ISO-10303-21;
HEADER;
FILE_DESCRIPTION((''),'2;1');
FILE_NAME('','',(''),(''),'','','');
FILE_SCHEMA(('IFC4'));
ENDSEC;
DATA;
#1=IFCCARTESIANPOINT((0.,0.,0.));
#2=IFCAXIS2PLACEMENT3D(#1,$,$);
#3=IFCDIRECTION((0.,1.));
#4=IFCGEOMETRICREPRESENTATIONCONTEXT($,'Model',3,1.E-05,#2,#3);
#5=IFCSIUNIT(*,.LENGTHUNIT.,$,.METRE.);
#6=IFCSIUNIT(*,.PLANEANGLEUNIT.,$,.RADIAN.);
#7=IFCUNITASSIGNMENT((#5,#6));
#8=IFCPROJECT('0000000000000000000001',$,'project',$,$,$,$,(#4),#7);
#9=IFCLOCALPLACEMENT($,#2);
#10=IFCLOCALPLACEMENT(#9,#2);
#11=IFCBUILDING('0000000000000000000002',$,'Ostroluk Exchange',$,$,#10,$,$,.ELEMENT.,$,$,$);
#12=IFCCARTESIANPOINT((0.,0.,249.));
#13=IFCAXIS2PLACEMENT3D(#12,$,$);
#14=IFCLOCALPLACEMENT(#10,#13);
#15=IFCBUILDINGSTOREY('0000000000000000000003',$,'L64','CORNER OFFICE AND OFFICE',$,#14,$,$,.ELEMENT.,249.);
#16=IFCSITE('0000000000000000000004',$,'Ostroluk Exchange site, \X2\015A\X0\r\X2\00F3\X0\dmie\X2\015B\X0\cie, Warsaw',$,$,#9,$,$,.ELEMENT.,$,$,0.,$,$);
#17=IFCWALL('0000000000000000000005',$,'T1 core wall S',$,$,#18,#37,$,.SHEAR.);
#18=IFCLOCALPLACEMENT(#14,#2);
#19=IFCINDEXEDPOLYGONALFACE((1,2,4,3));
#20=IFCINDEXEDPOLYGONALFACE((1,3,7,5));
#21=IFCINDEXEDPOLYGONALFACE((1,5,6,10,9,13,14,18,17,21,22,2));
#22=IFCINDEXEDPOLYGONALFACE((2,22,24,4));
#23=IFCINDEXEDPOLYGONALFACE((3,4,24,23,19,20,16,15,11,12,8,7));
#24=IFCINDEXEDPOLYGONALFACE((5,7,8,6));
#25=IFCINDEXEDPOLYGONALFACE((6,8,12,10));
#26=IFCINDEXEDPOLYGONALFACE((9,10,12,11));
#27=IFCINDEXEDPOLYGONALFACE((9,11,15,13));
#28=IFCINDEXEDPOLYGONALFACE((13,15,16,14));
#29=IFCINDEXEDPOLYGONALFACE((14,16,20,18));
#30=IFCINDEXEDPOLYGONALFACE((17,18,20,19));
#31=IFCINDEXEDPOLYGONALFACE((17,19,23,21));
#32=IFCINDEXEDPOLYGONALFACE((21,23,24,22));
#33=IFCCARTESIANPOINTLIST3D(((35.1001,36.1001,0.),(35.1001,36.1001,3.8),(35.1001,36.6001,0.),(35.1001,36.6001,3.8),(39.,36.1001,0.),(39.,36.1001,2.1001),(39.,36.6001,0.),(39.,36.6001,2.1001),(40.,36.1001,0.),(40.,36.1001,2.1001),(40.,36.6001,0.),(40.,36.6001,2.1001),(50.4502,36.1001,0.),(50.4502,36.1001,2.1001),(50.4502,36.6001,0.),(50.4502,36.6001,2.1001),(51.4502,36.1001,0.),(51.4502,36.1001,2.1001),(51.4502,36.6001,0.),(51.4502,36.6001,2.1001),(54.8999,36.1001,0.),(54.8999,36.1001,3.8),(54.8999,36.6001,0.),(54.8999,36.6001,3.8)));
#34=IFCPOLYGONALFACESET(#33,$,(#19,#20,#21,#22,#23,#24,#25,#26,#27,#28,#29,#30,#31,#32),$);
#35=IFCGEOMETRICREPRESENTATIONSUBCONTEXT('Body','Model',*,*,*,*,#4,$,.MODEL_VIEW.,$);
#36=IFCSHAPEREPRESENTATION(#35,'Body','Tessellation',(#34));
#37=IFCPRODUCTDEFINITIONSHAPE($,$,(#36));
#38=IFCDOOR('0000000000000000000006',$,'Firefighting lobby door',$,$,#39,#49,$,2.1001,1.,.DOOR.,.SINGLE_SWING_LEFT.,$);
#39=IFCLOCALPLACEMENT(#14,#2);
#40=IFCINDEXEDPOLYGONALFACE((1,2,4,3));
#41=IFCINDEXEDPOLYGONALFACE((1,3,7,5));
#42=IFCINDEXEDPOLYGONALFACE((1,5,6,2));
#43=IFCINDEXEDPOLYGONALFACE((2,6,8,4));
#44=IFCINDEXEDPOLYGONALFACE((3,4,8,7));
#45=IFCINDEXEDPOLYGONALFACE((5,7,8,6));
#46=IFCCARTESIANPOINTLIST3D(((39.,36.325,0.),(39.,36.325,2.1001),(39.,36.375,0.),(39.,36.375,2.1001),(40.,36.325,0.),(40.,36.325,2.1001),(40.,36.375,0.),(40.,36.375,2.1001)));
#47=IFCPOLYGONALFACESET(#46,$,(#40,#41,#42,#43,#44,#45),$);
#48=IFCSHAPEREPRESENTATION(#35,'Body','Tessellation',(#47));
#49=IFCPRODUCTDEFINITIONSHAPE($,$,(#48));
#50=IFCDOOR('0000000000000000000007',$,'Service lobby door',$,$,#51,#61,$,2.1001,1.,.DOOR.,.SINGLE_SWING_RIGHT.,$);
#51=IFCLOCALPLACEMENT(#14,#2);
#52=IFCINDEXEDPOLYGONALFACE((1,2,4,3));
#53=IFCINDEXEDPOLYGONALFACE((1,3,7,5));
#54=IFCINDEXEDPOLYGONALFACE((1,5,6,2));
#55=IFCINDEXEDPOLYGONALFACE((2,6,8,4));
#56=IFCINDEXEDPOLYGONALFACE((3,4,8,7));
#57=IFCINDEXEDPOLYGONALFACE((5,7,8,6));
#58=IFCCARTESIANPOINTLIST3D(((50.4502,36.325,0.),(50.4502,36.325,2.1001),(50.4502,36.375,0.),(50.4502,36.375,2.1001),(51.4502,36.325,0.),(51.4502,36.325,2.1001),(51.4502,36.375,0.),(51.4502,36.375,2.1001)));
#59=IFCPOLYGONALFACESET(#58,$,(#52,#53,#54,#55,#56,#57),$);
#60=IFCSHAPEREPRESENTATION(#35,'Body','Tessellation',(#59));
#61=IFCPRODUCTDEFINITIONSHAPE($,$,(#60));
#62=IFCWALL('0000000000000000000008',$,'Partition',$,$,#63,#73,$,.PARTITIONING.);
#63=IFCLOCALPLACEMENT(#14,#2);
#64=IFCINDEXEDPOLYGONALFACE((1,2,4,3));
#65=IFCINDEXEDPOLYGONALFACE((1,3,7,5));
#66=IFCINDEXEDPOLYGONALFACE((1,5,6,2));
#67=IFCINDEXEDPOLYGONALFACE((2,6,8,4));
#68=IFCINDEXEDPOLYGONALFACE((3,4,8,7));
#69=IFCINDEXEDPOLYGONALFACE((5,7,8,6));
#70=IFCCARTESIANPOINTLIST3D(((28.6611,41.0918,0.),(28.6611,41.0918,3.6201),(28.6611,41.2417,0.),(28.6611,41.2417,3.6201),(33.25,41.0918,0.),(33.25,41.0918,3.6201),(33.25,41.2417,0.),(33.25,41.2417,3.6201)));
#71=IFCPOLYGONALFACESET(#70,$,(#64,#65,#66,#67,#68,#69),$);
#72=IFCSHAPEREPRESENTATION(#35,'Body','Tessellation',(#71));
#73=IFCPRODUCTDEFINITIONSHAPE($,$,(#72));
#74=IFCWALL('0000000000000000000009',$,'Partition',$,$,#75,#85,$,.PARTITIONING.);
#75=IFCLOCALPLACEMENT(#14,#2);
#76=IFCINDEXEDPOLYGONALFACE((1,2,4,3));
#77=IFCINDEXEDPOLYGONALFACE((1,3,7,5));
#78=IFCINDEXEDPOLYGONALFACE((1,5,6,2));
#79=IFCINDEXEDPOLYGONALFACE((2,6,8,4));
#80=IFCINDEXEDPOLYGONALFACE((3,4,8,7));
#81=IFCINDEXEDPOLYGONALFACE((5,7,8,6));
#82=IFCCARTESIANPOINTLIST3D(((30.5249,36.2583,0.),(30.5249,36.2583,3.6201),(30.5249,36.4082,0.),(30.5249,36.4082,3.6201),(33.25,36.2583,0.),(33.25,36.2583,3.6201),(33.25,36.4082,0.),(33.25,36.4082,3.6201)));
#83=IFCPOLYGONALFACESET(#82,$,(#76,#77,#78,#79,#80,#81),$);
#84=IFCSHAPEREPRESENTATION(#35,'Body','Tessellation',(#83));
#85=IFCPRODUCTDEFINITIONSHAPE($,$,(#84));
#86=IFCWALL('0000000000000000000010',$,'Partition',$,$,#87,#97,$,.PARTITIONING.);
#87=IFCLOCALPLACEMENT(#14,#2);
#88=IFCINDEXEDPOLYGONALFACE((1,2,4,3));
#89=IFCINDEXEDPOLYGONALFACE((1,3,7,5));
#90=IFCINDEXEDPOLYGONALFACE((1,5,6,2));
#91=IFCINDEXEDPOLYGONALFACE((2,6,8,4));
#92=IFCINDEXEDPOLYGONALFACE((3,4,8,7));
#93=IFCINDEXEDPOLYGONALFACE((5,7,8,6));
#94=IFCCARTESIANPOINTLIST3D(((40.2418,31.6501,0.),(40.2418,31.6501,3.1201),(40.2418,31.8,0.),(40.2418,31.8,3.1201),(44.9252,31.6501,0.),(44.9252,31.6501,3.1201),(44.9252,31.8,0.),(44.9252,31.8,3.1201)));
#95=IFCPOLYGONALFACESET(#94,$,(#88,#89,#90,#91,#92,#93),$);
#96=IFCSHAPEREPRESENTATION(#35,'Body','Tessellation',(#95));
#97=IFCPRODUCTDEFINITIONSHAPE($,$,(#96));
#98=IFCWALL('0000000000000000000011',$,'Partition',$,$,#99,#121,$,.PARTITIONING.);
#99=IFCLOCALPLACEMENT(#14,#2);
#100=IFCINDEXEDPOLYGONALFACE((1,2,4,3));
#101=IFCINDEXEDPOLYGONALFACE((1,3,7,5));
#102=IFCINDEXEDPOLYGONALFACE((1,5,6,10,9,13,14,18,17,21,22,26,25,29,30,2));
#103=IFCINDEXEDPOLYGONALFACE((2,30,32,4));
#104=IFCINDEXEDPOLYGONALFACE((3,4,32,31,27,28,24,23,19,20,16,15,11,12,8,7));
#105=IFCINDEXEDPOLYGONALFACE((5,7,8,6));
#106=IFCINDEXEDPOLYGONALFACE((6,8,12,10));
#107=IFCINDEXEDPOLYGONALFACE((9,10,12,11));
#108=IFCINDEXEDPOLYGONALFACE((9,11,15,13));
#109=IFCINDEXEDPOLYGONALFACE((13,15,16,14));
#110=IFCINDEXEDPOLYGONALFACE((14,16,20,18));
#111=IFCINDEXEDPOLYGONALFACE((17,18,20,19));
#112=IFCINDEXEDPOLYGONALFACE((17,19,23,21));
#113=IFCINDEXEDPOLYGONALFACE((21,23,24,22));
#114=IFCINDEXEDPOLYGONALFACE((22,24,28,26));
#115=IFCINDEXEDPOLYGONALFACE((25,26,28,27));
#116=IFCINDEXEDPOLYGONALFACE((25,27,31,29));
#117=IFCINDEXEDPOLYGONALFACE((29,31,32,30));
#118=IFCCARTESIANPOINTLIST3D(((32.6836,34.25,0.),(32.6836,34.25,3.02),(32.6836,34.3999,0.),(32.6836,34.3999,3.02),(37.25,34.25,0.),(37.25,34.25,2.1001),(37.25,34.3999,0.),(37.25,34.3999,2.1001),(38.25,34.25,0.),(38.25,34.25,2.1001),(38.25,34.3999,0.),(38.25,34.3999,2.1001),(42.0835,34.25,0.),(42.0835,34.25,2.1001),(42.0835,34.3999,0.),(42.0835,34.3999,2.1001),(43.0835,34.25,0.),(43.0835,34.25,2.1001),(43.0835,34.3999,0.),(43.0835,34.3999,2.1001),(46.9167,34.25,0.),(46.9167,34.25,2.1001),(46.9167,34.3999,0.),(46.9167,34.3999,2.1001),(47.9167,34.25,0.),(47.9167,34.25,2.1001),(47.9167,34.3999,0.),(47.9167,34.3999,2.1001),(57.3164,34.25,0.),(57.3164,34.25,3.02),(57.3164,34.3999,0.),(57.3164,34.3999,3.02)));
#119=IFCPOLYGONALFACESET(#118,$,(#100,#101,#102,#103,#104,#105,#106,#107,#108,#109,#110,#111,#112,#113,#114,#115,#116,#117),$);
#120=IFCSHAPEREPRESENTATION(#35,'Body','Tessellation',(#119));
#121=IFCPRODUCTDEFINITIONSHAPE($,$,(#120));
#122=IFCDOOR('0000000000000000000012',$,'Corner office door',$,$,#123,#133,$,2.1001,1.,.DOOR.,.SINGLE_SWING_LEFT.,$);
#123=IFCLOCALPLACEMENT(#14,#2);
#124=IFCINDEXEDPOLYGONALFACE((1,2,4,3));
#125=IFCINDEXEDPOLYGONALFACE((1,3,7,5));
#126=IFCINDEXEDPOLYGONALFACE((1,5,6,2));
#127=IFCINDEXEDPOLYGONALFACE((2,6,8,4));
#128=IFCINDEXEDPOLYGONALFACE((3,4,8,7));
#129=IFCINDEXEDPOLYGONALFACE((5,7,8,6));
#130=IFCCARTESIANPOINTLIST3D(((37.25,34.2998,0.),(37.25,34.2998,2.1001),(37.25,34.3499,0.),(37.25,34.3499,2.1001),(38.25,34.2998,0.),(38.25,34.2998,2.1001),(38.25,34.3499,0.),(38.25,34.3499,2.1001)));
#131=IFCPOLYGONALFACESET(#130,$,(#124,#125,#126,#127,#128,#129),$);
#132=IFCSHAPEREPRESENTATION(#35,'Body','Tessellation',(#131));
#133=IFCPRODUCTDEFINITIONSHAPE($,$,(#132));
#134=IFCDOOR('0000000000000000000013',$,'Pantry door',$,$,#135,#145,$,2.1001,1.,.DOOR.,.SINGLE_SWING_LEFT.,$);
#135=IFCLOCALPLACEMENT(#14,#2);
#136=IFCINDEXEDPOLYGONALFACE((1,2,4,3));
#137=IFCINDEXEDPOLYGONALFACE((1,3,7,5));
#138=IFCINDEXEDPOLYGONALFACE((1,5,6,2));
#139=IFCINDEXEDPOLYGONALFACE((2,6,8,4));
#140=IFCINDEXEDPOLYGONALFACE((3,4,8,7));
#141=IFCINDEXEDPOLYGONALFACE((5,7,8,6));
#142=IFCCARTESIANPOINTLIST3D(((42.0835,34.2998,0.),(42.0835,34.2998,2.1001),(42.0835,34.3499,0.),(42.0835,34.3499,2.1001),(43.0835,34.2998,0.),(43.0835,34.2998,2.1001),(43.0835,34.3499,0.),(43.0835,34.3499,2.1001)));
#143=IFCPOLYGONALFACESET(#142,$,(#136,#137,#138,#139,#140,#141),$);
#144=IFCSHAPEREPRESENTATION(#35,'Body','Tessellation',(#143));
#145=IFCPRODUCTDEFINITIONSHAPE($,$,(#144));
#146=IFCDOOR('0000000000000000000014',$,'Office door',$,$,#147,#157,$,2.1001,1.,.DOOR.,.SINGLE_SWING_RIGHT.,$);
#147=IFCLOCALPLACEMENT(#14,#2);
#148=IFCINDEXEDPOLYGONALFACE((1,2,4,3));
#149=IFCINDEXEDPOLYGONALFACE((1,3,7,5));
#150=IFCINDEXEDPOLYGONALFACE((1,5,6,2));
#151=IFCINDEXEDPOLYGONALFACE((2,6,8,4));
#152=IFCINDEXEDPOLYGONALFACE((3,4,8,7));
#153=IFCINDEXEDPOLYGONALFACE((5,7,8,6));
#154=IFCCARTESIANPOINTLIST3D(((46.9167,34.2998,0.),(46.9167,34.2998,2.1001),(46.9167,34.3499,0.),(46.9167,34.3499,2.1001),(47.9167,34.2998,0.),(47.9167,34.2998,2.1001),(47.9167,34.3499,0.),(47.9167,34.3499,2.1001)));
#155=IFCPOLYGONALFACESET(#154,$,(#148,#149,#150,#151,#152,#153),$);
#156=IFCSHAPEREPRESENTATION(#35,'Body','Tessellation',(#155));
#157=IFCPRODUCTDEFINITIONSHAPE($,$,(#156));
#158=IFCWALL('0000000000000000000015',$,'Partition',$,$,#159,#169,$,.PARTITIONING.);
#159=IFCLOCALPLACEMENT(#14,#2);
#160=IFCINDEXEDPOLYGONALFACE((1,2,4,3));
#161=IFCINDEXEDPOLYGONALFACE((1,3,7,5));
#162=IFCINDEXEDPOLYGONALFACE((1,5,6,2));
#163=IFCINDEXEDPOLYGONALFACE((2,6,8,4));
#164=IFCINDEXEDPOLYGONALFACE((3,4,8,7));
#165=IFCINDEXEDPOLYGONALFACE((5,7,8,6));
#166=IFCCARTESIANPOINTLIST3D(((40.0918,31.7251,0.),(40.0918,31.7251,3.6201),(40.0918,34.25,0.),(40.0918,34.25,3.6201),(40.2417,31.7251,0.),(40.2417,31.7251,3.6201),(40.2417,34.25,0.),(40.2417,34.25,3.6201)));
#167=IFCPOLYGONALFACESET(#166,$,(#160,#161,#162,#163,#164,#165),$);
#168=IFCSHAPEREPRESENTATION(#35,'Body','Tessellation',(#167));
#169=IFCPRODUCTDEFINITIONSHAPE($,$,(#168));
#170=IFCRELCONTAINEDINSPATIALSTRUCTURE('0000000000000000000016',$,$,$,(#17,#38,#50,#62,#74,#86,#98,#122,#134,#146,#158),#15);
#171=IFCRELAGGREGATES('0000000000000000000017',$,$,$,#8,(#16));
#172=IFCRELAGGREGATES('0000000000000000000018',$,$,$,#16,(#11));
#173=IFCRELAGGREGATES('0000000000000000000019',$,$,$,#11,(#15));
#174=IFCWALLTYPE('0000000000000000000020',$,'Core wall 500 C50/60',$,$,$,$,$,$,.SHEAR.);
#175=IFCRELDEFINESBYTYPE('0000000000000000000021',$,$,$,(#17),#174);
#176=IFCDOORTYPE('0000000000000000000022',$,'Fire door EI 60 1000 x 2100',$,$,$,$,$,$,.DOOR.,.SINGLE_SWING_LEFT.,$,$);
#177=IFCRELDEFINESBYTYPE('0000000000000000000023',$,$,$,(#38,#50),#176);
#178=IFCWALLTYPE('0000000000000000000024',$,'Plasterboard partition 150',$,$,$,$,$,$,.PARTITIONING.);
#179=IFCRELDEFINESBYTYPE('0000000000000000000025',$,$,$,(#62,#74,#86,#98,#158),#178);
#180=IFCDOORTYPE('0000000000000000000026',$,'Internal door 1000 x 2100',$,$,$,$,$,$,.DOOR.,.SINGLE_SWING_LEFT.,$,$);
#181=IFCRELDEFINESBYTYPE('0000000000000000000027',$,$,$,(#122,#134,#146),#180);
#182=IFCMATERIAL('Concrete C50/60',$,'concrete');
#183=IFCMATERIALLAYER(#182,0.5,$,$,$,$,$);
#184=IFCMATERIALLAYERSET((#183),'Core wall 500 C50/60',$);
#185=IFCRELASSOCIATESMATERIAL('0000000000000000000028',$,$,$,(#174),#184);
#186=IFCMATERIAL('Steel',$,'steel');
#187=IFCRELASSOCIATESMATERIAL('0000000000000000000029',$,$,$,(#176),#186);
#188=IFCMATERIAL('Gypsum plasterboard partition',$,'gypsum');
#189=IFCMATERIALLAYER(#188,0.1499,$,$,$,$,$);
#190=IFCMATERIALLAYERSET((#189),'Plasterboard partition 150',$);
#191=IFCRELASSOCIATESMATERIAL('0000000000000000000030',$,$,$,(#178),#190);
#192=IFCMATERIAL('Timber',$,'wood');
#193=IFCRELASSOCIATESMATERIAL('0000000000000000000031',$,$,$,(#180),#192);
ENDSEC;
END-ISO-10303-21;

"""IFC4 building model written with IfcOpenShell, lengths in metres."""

from ifc_helpers import new_model, si_unit, direction, frame, frame_2d, origin, place, context, subcontext, project, spatial, rectangle, extrude, material, layer, layer_set, type_object, element, fill, save


model = new_model("IFC4")

# Units and contexts
model_context = context("Model", 3, precision=1e-05, world=origin(), true_north=direction((0.0, 1.0)))
body_context = subcontext(model_context, "Body", "Model", "MODEL_VIEW")
ifc_project = project(units=[si_unit("LENGTHUNIT", "METRE"), si_unit("PLANEANGLEUNIT", "RADIAN")], contexts=[model_context])

# Site, building, storey
site_placement = place(None, origin())
site = spatial("IfcSite", under=ifc_project, at=site_placement, Name="Ostroluk Exchange site, Śródmieście, Warsaw", CompositionType="ELEMENT", RefElevation=0.0)
building_placement = place(site_placement, origin())
building = spatial("IfcBuilding", under=site, at=building_placement, Name="Ostroluk Exchange", CompositionType="ELEMENT")
storey_placement = place(building_placement, frame((0.0, 0.0, 249.0)))
storey = spatial("IfcBuildingStorey", under=building, at=storey_placement, Name="L64", Description="CORNER OFFICE AND OFFICE", CompositionType="ELEMENT", Elevation=249.0)

# Wall, openings, doors
ifc_material_1 = material(Name="Concrete C50/60", Category="concrete")
ifc_layer_1 = layer(ifc_material_1, 0.5)
ifc_layer_set_1 = layer_set([ifc_layer_1], Name="Core wall 500 C50/60")
wall_type_1 = type_object("IfcWallType", Name="Core wall 500 C50/60", PredefinedType="SHEAR", material=ifc_layer_set_1)
wall_1_placement = place(storey_placement, frame((35.1001, 36.3501, 0.0), z_axis=(0.0, 0.0, 1.0), x_axis=(1.0, 0.0, 0.0)))
wall_1 = element("IfcWall", 1, at=wall_1_placement, inside=storey, type_object=wall_type_1, Name="T1 core wall S", PredefinedType="SHEAR", context=body_context, shape_type="SweptSolid", body=[
    extrude(rectangle(XDim=19.7998, YDim=0.5, at=frame_2d((9.8999, 0.0))), origin(), (0.0, 0.0, 1.0), 3.8),
])
opening_1_placement = place(wall_1_placement, frame((3.8999, 0.0, 0.0)))
opening_1 = element("IfcOpeningElement", 2, at=opening_1_placement, cuts=wall_1, PredefinedType="OPENING", context=body_context, shape_type="SweptSolid", body=[
    extrude(rectangle(XDim=1.0, YDim=2.1001, at=frame_2d((0.5, 1.05))), frame((0.0, 0.26, 0.0), z_axis=(0.0, -1.0, 0.0), x_axis=(1.0, 0.0, 0.0)), (0.0, 0.0, 1.0), 0.52),
])
opening_2_placement = place(wall_1_placement, frame((15.3501, 0.0, 0.0)))
opening_2 = element("IfcOpeningElement", 3, at=opening_2_placement, cuts=wall_1, PredefinedType="OPENING", context=body_context, shape_type="SweptSolid", body=[
    extrude(rectangle(XDim=1.0, YDim=2.1001, at=frame_2d((0.5, 1.05))), frame((0.0, 0.26, 0.0), z_axis=(0.0, -1.0, 0.0), x_axis=(1.0, 0.0, 0.0)), (0.0, 0.0, 1.0), 0.52),
])
ifc_material_2 = material(Name="Steel", Category="steel")
door_type_1 = type_object("IfcDoorType", Name="Fire door EI 60 1000 x 2100", OperationType="SINGLE_SWING_LEFT", PredefinedType="DOOR", material=ifc_material_2)
door_1_placement = place(opening_1_placement, origin())
door_1 = element("IfcDoor", 4, at=door_1_placement, inside=storey, type_object=door_type_1, Name="Firefighting lobby door", OperationType="SINGLE_SWING_LEFT", OverallHeight=2.1001, OverallWidth=1.0, PredefinedType="DOOR", context=body_context, shape_type="SweptSolid", body=[
    extrude(rectangle(XDim=1.0, YDim=2.1001, at=frame_2d((0.5, 1.05))), frame((0.0, 0.0249, 0.0), z_axis=(0.0, -1.0, 0.0), x_axis=(1.0, 0.0, 0.0)), (0.0, 0.0, 1.0), 0.05),
])
fill(opening_1, door_1)
door_2_placement = place(opening_2_placement, origin())
door_2 = element("IfcDoor", 5, at=door_2_placement, inside=storey, type_object=door_type_1, Name="Service lobby door", OperationType="SINGLE_SWING_RIGHT", OverallHeight=2.1001, OverallWidth=1.0, PredefinedType="DOOR", context=body_context, shape_type="SweptSolid", body=[
    extrude(rectangle(XDim=1.0, YDim=2.1001, at=frame_2d((0.5, 1.05))), frame((0.0, 0.0249, 0.0), z_axis=(0.0, -1.0, 0.0), x_axis=(1.0, 0.0, 0.0)), (0.0, 0.0, 1.0), 0.05),
])
fill(opening_2, door_2)

# Walls
ifc_material_3 = material(Name="Gypsum plasterboard partition", Category="gypsum")
ifc_layer_2 = layer(ifc_material_3, 0.1499)
ifc_layer_set_2 = layer_set([ifc_layer_2], Name="Plasterboard partition 150")
wall_type_2 = type_object("IfcWallType", Name="Plasterboard partition 150", PredefinedType="PARTITIONING", material=ifc_layer_set_2)
wall_2_placement = place(storey_placement, frame((33.25, 41.1667, 0.0), z_axis=(0.0, 0.0, 1.0), x_axis=(-1.0, 0.0, 0.0)))
element("IfcWall", 6, at=wall_2_placement, inside=storey, type_object=wall_type_2, Name="Partition", PredefinedType="PARTITIONING", context=body_context, shape_type="SweptSolid", body=[
    extrude(rectangle(XDim=4.5889, YDim=0.1499, at=frame_2d((2.2944, 0.0))), origin(), (0.0, 0.0, 1.0), 3.6201),
])
wall_3_placement = place(storey_placement, frame((33.25, 36.3333, 0.0), z_axis=(0.0, 0.0, 1.0), x_axis=(-1.0, 0.0, 0.0)))
element("IfcWall", 7, at=wall_3_placement, inside=storey, type_object=wall_type_2, Name="Partition", PredefinedType="PARTITIONING", context=body_context, shape_type="SweptSolid", body=[
    extrude(rectangle(XDim=2.7251, YDim=0.1499, at=frame_2d((1.3625, 0.0))), origin(), (0.0, 0.0, 1.0), 3.6201),
])
wall_4_placement = place(storey_placement, frame((40.2417, 31.7251, 0.0), z_axis=(0.0, 0.0, 1.0), x_axis=(1.0, 0.0, 0.0)))
element("IfcWall", 8, at=wall_4_placement, inside=storey, type_object=wall_type_2, Name="Partition", PredefinedType="PARTITIONING", context=body_context, shape_type="SweptSolid", body=[
    extrude(rectangle(XDim=4.6833, YDim=0.1499, at=frame_2d((2.3418, 0.0))), origin(), (0.0, 0.0, 1.0), 3.1201),
])

# Wall, openings, doors
wall_5_placement = place(storey_placement, frame((32.6836, 34.325, 0.0), z_axis=(0.0, 0.0, 1.0), x_axis=(1.0, 0.0, 0.0)))
wall_5 = element("IfcWall", 9, at=wall_5_placement, inside=storey, type_object=wall_type_2, Name="Partition", PredefinedType="PARTITIONING", context=body_context, shape_type="SweptSolid", body=[
    extrude(rectangle(XDim=24.6328, YDim=0.1499, at=frame_2d((12.3164, 0.0))), origin(), (0.0, 0.0, 1.0), 3.02),
])
opening_3_placement = place(wall_5_placement, frame((4.5664, 0.0, 0.0)))
opening_3 = element("IfcOpeningElement", 10, at=opening_3_placement, cuts=wall_5, PredefinedType="OPENING", context=body_context, shape_type="SweptSolid", body=[
    extrude(rectangle(XDim=1.0, YDim=2.1001, at=frame_2d((0.5, 1.05))), frame((0.0, 0.085, 0.0), z_axis=(0.0, -1.0, 0.0), x_axis=(1.0, 0.0, 0.0)), (0.0, 0.0, 1.0), 0.1699),
])
opening_4_placement = place(wall_5_placement, frame((9.3999, 0.0, 0.0)))
opening_4 = element("IfcOpeningElement", 11, at=opening_4_placement, cuts=wall_5, PredefinedType="OPENING", context=body_context, shape_type="SweptSolid", body=[
    extrude(rectangle(XDim=1.0, YDim=2.1001, at=frame_2d((0.5, 1.05))), frame((0.0, 0.085, 0.0), z_axis=(0.0, -1.0, 0.0), x_axis=(1.0, 0.0, 0.0)), (0.0, 0.0, 1.0), 0.1699),
])
opening_5_placement = place(wall_5_placement, frame((14.2332, 0.0, 0.0)))
opening_5 = element("IfcOpeningElement", 12, at=opening_5_placement, cuts=wall_5, PredefinedType="OPENING", context=body_context, shape_type="SweptSolid", body=[
    extrude(rectangle(XDim=1.0, YDim=2.1001, at=frame_2d((0.5, 1.05))), frame((0.0, 0.085, 0.0), z_axis=(0.0, -1.0, 0.0), x_axis=(1.0, 0.0, 0.0)), (0.0, 0.0, 1.0), 0.1699),
])
ifc_material_4 = material(Name="Timber", Category="wood")
door_type_2 = type_object("IfcDoorType", Name="Internal door 1000 x 2100", OperationType="SINGLE_SWING_LEFT", PredefinedType="DOOR", material=ifc_material_4)
door_3_placement = place(opening_3_placement, origin())
door_3 = element("IfcDoor", 13, at=door_3_placement, inside=storey, type_object=door_type_2, Name="Corner office door", OperationType="SINGLE_SWING_LEFT", OverallHeight=2.1001, OverallWidth=1.0, PredefinedType="DOOR", context=body_context, shape_type="SweptSolid", body=[
    extrude(rectangle(XDim=1.0, YDim=2.1001, at=frame_2d((0.5, 1.05))), frame((0.0, 0.0249, 0.0), z_axis=(0.0, -1.0, 0.0), x_axis=(1.0, 0.0, 0.0)), (0.0, 0.0, 1.0), 0.05),
])
fill(opening_3, door_3)
door_4_placement = place(opening_4_placement, origin())
door_4 = element("IfcDoor", 14, at=door_4_placement, inside=storey, type_object=door_type_2, Name="Pantry door", OperationType="SINGLE_SWING_LEFT", OverallHeight=2.1001, OverallWidth=1.0, PredefinedType="DOOR", context=body_context, shape_type="SweptSolid", body=[
    extrude(rectangle(XDim=1.0, YDim=2.1001, at=frame_2d((0.5, 1.05))), frame((0.0, 0.0249, 0.0), z_axis=(0.0, -1.0, 0.0), x_axis=(1.0, 0.0, 0.0)), (0.0, 0.0, 1.0), 0.05),
])
fill(opening_4, door_4)
door_5_placement = place(opening_5_placement, origin())
door_5 = element("IfcDoor", 15, at=door_5_placement, inside=storey, type_object=door_type_2, Name="Office door", OperationType="SINGLE_SWING_RIGHT", OverallHeight=2.1001, OverallWidth=1.0, PredefinedType="DOOR", context=body_context, shape_type="SweptSolid", body=[
    extrude(rectangle(XDim=1.0, YDim=2.1001, at=frame_2d((0.5, 1.05))), frame((0.0, 0.0249, 0.0), z_axis=(0.0, -1.0, 0.0), x_axis=(1.0, 0.0, 0.0)), (0.0, 0.0, 1.0), 0.05),
])
fill(opening_5, door_5)

# Wall
wall_6_placement = place(storey_placement, frame((40.1667, 34.25, 0.0), z_axis=(0.0, 0.0, 1.0), x_axis=(0.0, -1.0, 0.0)))
element("IfcWall", 16, at=wall_6_placement, inside=storey, type_object=wall_type_2, Name="Partition", PredefinedType="PARTITIONING", context=body_context, shape_type="SweptSolid", body=[
    extrude(rectangle(XDim=2.5249, YDim=0.1499, at=frame_2d((1.2625, 0.0))), origin(), (0.0, 0.0, 1.0), 3.6201),
])

save(model, "model.ifc")
